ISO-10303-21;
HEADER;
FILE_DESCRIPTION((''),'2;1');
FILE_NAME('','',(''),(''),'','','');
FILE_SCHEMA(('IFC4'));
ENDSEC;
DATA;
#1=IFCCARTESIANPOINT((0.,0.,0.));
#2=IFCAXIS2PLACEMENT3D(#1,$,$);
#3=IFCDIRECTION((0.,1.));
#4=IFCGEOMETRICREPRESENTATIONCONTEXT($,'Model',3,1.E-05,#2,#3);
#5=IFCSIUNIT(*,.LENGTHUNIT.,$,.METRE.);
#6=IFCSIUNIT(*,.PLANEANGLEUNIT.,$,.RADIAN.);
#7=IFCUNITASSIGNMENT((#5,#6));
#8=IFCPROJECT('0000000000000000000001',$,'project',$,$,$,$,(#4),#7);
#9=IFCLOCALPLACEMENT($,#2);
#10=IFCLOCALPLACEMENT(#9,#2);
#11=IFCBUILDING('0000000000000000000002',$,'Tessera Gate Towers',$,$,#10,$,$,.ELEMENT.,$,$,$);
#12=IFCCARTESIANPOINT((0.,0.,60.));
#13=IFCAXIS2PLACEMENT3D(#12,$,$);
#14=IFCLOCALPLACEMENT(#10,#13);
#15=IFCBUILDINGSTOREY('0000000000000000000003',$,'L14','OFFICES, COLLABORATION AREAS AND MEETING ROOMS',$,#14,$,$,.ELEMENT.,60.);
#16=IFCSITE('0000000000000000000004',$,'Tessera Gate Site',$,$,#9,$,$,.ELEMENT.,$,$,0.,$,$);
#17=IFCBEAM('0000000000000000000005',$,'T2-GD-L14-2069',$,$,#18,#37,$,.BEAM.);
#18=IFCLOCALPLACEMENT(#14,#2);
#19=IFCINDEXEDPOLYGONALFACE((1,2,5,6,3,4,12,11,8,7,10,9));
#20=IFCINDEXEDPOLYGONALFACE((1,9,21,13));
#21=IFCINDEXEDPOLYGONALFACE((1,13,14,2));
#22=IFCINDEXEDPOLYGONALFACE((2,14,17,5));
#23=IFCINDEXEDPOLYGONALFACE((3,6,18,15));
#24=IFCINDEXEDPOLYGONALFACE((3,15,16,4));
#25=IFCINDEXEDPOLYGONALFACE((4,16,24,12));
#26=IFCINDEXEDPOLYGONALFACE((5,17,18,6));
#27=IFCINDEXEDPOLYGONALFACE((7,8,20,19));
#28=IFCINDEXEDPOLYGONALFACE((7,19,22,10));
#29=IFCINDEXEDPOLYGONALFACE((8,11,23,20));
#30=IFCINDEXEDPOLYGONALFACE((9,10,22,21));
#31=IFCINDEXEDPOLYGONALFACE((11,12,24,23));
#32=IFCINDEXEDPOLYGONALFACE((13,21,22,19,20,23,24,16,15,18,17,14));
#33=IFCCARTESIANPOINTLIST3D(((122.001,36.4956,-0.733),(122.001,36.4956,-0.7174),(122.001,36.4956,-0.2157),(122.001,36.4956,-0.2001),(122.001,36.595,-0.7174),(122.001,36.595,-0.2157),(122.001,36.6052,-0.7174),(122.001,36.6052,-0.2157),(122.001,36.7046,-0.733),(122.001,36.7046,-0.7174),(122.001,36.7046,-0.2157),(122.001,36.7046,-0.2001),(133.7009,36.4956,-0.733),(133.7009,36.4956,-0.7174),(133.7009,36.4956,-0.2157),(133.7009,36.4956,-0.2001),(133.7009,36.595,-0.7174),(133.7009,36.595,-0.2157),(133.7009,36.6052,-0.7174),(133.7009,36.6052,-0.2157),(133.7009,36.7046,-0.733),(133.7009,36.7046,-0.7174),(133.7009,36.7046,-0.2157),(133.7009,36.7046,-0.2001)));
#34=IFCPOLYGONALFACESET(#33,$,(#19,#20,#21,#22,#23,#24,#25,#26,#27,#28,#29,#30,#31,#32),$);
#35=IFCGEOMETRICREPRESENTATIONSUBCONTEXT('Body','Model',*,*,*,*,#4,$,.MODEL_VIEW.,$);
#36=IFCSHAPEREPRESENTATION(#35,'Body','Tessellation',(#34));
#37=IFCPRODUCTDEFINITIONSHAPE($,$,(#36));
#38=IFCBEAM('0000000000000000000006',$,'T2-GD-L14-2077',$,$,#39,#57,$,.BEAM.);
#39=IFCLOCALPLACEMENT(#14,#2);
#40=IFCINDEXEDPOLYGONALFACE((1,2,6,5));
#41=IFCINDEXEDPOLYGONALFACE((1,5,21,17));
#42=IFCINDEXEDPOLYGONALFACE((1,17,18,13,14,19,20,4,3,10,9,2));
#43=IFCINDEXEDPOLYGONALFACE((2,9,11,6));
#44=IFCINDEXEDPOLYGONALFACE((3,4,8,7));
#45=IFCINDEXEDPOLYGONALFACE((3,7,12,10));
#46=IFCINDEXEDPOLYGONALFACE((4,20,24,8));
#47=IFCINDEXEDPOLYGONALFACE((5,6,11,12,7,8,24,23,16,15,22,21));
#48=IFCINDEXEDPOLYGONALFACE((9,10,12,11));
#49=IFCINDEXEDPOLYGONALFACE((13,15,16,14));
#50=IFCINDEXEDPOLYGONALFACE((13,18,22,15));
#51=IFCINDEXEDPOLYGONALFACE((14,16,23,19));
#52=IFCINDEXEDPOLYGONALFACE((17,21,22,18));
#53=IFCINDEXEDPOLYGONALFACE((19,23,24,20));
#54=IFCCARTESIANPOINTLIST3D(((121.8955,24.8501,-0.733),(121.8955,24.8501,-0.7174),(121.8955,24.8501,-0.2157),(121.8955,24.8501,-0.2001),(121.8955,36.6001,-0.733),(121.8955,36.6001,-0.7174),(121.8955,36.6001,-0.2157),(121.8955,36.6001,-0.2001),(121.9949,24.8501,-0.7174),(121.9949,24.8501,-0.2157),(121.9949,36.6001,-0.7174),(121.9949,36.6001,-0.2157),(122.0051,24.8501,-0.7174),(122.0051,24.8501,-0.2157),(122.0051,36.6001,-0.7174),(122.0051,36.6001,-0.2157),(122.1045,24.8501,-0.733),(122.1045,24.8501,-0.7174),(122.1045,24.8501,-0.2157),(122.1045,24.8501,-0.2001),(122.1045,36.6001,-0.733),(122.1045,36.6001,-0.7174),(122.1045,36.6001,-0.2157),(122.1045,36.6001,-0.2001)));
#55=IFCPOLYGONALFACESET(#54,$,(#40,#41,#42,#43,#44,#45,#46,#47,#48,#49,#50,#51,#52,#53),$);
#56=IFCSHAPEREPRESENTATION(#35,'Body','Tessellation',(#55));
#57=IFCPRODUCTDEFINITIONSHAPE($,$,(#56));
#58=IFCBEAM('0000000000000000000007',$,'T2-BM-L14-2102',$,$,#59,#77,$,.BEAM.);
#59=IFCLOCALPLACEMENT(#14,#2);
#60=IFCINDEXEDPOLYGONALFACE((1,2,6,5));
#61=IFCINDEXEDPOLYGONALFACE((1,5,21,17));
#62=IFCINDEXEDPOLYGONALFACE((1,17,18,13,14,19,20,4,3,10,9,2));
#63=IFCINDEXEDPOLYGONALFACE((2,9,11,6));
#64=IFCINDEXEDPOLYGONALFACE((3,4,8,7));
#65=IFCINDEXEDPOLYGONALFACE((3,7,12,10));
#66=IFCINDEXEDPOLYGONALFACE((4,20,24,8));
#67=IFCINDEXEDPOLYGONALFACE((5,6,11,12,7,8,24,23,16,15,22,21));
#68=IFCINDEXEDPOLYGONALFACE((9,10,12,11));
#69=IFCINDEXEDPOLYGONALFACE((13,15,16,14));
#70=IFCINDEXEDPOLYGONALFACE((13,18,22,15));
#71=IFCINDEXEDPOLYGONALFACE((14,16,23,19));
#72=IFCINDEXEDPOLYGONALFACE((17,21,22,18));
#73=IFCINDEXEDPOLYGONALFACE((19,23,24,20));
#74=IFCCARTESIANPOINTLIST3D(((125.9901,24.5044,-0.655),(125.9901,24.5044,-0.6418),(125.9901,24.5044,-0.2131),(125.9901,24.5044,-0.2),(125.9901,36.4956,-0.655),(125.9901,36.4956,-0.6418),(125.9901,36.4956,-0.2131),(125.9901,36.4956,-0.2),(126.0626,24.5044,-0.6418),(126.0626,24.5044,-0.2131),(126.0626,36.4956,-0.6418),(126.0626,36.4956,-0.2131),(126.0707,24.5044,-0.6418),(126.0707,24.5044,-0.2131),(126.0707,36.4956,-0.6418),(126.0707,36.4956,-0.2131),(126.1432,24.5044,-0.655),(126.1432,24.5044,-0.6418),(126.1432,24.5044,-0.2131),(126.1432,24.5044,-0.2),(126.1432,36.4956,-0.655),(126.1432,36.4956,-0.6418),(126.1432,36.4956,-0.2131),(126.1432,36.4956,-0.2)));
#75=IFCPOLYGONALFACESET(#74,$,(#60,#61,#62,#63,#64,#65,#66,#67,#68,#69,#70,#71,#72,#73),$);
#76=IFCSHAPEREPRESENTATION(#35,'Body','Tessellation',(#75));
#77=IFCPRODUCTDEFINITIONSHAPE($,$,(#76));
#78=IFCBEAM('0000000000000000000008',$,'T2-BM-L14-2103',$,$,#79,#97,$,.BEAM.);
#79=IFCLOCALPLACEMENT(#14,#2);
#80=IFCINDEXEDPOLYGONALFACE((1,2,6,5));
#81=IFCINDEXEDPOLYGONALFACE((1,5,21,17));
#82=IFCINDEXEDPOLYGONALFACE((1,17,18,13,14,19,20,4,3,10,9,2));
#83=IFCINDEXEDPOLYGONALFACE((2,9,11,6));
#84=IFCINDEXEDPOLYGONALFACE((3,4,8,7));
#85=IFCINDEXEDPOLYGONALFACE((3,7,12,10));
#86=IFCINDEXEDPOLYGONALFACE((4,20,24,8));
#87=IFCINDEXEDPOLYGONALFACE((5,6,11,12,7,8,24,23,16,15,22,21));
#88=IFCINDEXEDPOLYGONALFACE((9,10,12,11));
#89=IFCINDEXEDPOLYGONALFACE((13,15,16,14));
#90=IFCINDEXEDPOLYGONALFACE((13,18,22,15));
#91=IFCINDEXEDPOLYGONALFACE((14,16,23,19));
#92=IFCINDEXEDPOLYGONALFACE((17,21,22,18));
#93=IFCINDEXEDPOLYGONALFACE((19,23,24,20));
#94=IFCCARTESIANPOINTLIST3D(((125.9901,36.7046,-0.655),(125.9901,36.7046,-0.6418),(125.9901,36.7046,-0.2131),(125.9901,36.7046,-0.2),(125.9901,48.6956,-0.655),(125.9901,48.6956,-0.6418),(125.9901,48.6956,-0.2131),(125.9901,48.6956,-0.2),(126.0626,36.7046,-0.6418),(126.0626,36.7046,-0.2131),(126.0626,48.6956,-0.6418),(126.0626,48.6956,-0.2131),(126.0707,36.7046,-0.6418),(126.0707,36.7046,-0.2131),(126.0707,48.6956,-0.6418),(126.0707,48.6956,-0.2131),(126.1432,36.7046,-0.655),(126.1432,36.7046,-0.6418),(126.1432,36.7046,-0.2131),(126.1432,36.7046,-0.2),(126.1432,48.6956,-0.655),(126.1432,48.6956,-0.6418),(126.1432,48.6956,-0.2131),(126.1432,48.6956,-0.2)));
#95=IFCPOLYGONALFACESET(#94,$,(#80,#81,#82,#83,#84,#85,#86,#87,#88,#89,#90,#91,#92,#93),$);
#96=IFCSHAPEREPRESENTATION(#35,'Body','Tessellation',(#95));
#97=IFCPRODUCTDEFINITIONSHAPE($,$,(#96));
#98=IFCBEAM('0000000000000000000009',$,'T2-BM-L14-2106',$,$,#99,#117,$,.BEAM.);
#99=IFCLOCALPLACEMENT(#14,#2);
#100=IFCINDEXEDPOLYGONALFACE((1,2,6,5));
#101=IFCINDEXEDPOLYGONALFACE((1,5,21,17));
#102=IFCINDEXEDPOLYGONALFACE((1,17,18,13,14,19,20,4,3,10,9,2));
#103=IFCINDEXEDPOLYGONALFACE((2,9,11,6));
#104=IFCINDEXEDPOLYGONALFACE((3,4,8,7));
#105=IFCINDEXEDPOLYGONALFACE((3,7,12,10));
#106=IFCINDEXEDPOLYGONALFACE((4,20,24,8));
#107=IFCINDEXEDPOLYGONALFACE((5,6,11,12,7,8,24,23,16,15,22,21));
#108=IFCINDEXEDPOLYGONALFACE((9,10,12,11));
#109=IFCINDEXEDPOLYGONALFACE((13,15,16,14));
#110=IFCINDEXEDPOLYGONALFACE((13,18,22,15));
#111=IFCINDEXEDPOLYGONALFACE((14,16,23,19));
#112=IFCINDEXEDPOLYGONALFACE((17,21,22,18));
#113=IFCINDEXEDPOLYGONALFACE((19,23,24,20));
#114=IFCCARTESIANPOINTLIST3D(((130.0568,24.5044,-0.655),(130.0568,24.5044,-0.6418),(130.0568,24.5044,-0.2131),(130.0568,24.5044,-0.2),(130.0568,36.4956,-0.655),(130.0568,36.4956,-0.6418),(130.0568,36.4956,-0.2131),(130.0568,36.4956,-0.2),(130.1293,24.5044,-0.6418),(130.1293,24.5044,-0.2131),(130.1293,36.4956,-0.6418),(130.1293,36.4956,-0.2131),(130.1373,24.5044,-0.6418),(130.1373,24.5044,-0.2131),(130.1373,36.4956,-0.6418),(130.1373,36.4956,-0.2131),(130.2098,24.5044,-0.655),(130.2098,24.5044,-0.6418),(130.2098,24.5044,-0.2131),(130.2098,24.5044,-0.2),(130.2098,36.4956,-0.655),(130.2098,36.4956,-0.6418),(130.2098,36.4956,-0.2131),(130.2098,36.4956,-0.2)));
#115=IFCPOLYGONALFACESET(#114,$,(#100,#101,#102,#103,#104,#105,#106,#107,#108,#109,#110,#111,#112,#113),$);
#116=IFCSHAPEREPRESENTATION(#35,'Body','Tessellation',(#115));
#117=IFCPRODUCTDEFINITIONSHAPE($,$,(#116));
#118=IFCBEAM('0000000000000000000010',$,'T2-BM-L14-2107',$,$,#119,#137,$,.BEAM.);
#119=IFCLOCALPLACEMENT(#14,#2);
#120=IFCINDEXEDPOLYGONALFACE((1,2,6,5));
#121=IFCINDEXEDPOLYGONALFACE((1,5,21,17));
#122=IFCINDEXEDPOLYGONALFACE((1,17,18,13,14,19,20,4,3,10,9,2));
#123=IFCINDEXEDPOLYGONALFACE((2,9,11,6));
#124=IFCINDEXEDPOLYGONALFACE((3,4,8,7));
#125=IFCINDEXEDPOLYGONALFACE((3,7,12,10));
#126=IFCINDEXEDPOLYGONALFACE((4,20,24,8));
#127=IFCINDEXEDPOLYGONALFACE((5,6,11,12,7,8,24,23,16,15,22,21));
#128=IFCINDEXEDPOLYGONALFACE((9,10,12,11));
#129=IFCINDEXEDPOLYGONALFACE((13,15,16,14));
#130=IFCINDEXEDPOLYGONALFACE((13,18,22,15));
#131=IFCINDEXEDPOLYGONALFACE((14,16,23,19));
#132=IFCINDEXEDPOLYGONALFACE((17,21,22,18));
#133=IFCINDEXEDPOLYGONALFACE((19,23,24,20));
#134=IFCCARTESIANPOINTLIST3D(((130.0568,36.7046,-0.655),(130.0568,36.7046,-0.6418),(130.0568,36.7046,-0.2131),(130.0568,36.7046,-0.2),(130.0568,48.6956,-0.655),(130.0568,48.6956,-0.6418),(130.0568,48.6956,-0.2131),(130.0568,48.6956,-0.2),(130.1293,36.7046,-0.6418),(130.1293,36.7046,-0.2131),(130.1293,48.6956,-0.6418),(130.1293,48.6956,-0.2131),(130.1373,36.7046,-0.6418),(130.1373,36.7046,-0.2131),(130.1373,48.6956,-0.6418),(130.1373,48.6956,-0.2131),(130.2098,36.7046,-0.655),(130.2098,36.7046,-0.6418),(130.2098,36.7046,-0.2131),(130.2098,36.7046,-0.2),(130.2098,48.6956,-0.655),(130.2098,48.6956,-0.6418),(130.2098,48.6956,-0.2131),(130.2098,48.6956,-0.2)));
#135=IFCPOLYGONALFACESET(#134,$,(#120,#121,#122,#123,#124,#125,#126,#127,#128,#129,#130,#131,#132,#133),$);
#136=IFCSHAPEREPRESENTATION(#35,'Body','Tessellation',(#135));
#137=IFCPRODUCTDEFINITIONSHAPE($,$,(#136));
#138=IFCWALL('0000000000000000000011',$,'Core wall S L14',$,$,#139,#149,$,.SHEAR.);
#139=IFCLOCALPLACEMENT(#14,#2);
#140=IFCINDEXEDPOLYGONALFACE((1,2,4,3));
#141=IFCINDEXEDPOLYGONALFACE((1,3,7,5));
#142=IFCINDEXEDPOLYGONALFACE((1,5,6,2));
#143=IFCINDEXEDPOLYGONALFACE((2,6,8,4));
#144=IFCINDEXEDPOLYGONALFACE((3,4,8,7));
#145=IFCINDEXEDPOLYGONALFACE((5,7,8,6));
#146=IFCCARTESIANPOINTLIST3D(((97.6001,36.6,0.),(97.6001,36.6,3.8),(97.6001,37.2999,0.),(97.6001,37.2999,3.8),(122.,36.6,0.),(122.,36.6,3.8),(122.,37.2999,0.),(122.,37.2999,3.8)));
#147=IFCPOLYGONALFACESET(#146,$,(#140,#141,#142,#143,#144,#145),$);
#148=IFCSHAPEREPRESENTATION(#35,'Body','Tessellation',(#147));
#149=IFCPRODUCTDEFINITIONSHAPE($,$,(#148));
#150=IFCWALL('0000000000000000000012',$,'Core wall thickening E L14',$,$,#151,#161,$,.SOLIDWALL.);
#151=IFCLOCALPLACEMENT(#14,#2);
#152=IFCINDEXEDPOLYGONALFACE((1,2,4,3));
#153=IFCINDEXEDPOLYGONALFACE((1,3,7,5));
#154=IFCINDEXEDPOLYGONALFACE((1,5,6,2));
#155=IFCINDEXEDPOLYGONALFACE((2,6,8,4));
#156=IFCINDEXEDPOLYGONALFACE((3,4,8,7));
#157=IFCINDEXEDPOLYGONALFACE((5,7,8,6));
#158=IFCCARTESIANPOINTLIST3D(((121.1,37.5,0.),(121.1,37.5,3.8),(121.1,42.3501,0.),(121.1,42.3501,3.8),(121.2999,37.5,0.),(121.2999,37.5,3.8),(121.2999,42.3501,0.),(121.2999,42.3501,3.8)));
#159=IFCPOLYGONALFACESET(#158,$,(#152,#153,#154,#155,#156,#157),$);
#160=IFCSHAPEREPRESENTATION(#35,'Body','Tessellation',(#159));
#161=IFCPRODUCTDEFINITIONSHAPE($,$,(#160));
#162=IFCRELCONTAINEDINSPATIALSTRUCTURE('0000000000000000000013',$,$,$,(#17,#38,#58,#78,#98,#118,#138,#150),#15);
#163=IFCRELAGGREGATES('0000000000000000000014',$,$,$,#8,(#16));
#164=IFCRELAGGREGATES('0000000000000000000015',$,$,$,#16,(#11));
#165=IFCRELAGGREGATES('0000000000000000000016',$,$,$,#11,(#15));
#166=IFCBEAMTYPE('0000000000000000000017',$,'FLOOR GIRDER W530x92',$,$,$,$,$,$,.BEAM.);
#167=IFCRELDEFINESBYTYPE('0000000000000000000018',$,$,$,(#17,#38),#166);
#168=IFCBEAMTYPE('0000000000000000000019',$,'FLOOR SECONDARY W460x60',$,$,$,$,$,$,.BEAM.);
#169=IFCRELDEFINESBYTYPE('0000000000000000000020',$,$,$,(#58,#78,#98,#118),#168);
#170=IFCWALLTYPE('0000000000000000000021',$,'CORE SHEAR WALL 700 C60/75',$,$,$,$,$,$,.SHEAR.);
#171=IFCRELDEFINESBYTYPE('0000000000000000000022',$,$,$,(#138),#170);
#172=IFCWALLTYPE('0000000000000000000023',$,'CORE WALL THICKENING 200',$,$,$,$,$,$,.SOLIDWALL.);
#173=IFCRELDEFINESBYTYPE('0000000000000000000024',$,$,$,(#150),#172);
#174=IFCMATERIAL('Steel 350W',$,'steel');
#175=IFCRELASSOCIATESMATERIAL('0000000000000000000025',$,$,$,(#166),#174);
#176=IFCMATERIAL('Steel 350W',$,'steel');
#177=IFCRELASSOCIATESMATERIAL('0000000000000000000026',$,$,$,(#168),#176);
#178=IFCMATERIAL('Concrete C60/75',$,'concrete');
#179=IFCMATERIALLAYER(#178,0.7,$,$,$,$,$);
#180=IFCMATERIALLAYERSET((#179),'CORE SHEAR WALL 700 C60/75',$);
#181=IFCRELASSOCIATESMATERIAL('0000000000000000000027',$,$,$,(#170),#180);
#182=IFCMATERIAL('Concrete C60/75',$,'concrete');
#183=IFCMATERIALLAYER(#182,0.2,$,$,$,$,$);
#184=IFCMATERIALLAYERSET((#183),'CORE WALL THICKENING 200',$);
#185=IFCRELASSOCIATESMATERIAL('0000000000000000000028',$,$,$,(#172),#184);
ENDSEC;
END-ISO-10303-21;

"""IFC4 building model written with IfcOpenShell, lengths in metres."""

from ifc_helpers import new_model, si_unit, direction, frame, frame_2d, origin, origin_2d, place, context, subcontext, project, spatial, rectangle, i_section, extrude, material, layer, layer_set, material_profile, profile_set, type_object, element, save


model = new_model("IFC4")

# Units and contexts
model_context = context("Model", 3, precision=1e-05, world=origin(), true_north=direction((0.0, 1.0)))
body_context = subcontext(model_context, "Body", "Model", "MODEL_VIEW")
ifc_project = project(units=[si_unit("LENGTHUNIT", "METRE"), si_unit("PLANEANGLEUNIT", "RADIAN")], contexts=[model_context])

# Site, building, storey
site_placement = place(None, origin())
site = spatial("IfcSite", under=ifc_project, at=site_placement, Name="Tessera Gate Site", CompositionType="ELEMENT", RefElevation=0.0)
building_placement = place(site_placement, origin())
building = spatial("IfcBuilding", under=site, at=building_placement, Name="Tessera Gate Towers", CompositionType="ELEMENT")
storey_placement = place(building_placement, frame((0.0, 0.0, 60.0)))
storey = spatial("IfcBuildingStorey", under=building, at=storey_placement, Name="L14", Description="OFFICES, COLLABORATION AREAS AND MEETING ROOMS", CompositionType="ELEMENT", Elevation=60.0)

# Beams
ifc_material_1 = material(Name="Steel 350W", Category="steel")
ifc_material_profile_1 = material_profile(ifc_material_1, i_section(OverallWidth=0.209, OverallDepth=0.533, WebThickness=0.0103, FlangeThickness=0.0156, at=origin_2d()), Name="W530x92")
ifc_profile_set_1 = profile_set([ifc_material_profile_1], Name="Steel 350W")
beam_type_1 = type_object("IfcBeamType", Name="FLOOR GIRDER W530x92", PredefinedType="BEAM", material=ifc_profile_set_1)
beam_1_placement = place(storey_placement, frame((122.001, 36.6001, -0.4666), z_axis=(1.0, 0.0, 0.0), x_axis=(0.0, 1.0, 0.0)))
element("IfcBeam", 1, at=beam_1_placement, inside=storey, type_object=beam_type_1, Name="T2-GD-L14-2069", PredefinedType="BEAM", context=body_context, shape_type="SweptSolid", body=[
    extrude(i_section(OverallWidth=0.209, OverallDepth=0.533, WebThickness=0.0103, FlangeThickness=0.0156, at=origin_2d()), origin(), (0.0, 0.0, 1.0), 11.7),
])
beam_2_placement = place(storey_placement, frame((122.0, 24.8501, -0.4666), z_axis=(0.0, 1.0, 0.0), x_axis=(-1.0, 0.0, 0.0)))
element("IfcBeam", 2, at=beam_2_placement, inside=storey, type_object=beam_type_1, Name="T2-GD-L14-2077", PredefinedType="BEAM", context=body_context, shape_type="SweptSolid", body=[
    extrude(i_section(OverallWidth=0.209, OverallDepth=0.533, WebThickness=0.0103, FlangeThickness=0.0156, at=origin_2d()), origin(), (0.0, 0.0, 1.0), 11.75),
])
ifc_material_2 = material(Name="Steel 350W", Category="steel")
ifc_material_profile_2 = material_profile(ifc_material_2, i_section(OverallWidth=0.1531, OverallDepth=0.4551, WebThickness=0.0081, FlangeThickness=0.0132, at=origin_2d()), Name="W460x60")
ifc_profile_set_2 = profile_set([ifc_material_profile_2], Name="Steel 350W")
beam_type_2 = type_object("IfcBeamType", Name="FLOOR SECONDARY W460x60", PredefinedType="BEAM", material=ifc_profile_set_2)
beam_3_placement = place(storey_placement, frame((126.0667, 24.5044, -0.4275), z_axis=(0.0, 1.0, 0.0), x_axis=(-1.0, 0.0, 0.0)))
element("IfcBeam", 3, at=beam_3_placement, inside=storey, type_object=beam_type_2, Name="T2-BM-L14-2102", PredefinedType="BEAM", context=body_context, shape_type="SweptSolid", body=[
    extrude(i_section(OverallWidth=0.1531, OverallDepth=0.4551, WebThickness=0.0081, FlangeThickness=0.0132, at=origin_2d()), origin(), (0.0, 0.0, 1.0), 11.9912),
])
beam_4_placement = place(storey_placement, frame((126.0667, 36.7046, -0.4275), z_axis=(0.0, 1.0, 0.0), x_axis=(-1.0, 0.0, 0.0)))
element("IfcBeam", 4, at=beam_4_placement, inside=storey, type_object=beam_type_2, Name="T2-BM-L14-2103", PredefinedType="BEAM", context=body_context, shape_type="SweptSolid", body=[
    extrude(i_section(OverallWidth=0.1531, OverallDepth=0.4551, WebThickness=0.0081, FlangeThickness=0.0132, at=origin_2d()), origin(), (0.0, 0.0, 1.0), 11.991),
])
beam_5_placement = place(storey_placement, frame((130.1333, 24.5044, -0.4275), z_axis=(0.0, 1.0, 0.0), x_axis=(-1.0, 0.0, 0.0)))
element("IfcBeam", 5, at=beam_5_placement, inside=storey, type_object=beam_type_2, Name="T2-BM-L14-2106", PredefinedType="BEAM", context=body_context, shape_type="SweptSolid", body=[
    extrude(i_section(OverallWidth=0.1531, OverallDepth=0.4551, WebThickness=0.0081, FlangeThickness=0.0132, at=origin_2d()), origin(), (0.0, 0.0, 1.0), 11.9912),
])
beam_6_placement = place(storey_placement, frame((130.1333, 36.7046, -0.4275), z_axis=(0.0, 1.0, 0.0), x_axis=(-1.0, 0.0, 0.0)))
element("IfcBeam", 6, at=beam_6_placement, inside=storey, type_object=beam_type_2, Name="T2-BM-L14-2107", PredefinedType="BEAM", context=body_context, shape_type="SweptSolid", body=[
    extrude(i_section(OverallWidth=0.1531, OverallDepth=0.4551, WebThickness=0.0081, FlangeThickness=0.0132, at=origin_2d()), origin(), (0.0, 0.0, 1.0), 11.991),
])

# Walls
ifc_material_3 = material(Name="Concrete C60/75", Category="concrete")
ifc_layer_1 = layer(ifc_material_3, 0.7)
ifc_layer_set_1 = layer_set([ifc_layer_1], Name="CORE SHEAR WALL 700 C60/75")
wall_type_1 = type_object("IfcWallType", Name="CORE SHEAR WALL 700 C60/75", PredefinedType="SHEAR", material=ifc_layer_set_1)
wall_1_placement = place(storey_placement, frame((122.0, 36.95, 0.0), z_axis=(0.0, 0.0, 1.0), x_axis=(-1.0, 0.0, 0.0)))
element("IfcWall", 7, at=wall_1_placement, inside=storey, type_object=wall_type_1, Name="Core wall S L14", PredefinedType="SHEAR", context=body_context, shape_type="SweptSolid", body=[
    extrude(rectangle(XDim=24.3999, YDim=0.7, at=frame_2d((12.2, 0.0))), origin(), (0.0, 0.0, 1.0), 3.8),
])
ifc_material_4 = material(Name="Concrete C60/75", Category="concrete")
ifc_layer_2 = layer(ifc_material_4, 0.2)
ifc_layer_set_2 = layer_set([ifc_layer_2], Name="CORE WALL THICKENING 200")
wall_type_2 = type_object("IfcWallType", Name="CORE WALL THICKENING 200", PredefinedType="SOLIDWALL", material=ifc_layer_set_2)
wall_2_placement = place(storey_placement, frame((121.2, 37.5, 0.0), z_axis=(0.0, 0.0, 1.0), x_axis=(0.0, 1.0, 0.0)))
element("IfcWall", 8, at=wall_2_placement, inside=storey, type_object=wall_type_2, Name="Core wall thickening E L14", PredefinedType="SOLIDWALL", context=body_context, shape_type="SweptSolid", body=[
    extrude(rectangle(XDim=4.8501, YDim=0.2, at=frame_2d((2.425, 0.0))), origin(), (0.0, 0.0, 1.0), 3.8),
])

save(model, "model.ifc")
